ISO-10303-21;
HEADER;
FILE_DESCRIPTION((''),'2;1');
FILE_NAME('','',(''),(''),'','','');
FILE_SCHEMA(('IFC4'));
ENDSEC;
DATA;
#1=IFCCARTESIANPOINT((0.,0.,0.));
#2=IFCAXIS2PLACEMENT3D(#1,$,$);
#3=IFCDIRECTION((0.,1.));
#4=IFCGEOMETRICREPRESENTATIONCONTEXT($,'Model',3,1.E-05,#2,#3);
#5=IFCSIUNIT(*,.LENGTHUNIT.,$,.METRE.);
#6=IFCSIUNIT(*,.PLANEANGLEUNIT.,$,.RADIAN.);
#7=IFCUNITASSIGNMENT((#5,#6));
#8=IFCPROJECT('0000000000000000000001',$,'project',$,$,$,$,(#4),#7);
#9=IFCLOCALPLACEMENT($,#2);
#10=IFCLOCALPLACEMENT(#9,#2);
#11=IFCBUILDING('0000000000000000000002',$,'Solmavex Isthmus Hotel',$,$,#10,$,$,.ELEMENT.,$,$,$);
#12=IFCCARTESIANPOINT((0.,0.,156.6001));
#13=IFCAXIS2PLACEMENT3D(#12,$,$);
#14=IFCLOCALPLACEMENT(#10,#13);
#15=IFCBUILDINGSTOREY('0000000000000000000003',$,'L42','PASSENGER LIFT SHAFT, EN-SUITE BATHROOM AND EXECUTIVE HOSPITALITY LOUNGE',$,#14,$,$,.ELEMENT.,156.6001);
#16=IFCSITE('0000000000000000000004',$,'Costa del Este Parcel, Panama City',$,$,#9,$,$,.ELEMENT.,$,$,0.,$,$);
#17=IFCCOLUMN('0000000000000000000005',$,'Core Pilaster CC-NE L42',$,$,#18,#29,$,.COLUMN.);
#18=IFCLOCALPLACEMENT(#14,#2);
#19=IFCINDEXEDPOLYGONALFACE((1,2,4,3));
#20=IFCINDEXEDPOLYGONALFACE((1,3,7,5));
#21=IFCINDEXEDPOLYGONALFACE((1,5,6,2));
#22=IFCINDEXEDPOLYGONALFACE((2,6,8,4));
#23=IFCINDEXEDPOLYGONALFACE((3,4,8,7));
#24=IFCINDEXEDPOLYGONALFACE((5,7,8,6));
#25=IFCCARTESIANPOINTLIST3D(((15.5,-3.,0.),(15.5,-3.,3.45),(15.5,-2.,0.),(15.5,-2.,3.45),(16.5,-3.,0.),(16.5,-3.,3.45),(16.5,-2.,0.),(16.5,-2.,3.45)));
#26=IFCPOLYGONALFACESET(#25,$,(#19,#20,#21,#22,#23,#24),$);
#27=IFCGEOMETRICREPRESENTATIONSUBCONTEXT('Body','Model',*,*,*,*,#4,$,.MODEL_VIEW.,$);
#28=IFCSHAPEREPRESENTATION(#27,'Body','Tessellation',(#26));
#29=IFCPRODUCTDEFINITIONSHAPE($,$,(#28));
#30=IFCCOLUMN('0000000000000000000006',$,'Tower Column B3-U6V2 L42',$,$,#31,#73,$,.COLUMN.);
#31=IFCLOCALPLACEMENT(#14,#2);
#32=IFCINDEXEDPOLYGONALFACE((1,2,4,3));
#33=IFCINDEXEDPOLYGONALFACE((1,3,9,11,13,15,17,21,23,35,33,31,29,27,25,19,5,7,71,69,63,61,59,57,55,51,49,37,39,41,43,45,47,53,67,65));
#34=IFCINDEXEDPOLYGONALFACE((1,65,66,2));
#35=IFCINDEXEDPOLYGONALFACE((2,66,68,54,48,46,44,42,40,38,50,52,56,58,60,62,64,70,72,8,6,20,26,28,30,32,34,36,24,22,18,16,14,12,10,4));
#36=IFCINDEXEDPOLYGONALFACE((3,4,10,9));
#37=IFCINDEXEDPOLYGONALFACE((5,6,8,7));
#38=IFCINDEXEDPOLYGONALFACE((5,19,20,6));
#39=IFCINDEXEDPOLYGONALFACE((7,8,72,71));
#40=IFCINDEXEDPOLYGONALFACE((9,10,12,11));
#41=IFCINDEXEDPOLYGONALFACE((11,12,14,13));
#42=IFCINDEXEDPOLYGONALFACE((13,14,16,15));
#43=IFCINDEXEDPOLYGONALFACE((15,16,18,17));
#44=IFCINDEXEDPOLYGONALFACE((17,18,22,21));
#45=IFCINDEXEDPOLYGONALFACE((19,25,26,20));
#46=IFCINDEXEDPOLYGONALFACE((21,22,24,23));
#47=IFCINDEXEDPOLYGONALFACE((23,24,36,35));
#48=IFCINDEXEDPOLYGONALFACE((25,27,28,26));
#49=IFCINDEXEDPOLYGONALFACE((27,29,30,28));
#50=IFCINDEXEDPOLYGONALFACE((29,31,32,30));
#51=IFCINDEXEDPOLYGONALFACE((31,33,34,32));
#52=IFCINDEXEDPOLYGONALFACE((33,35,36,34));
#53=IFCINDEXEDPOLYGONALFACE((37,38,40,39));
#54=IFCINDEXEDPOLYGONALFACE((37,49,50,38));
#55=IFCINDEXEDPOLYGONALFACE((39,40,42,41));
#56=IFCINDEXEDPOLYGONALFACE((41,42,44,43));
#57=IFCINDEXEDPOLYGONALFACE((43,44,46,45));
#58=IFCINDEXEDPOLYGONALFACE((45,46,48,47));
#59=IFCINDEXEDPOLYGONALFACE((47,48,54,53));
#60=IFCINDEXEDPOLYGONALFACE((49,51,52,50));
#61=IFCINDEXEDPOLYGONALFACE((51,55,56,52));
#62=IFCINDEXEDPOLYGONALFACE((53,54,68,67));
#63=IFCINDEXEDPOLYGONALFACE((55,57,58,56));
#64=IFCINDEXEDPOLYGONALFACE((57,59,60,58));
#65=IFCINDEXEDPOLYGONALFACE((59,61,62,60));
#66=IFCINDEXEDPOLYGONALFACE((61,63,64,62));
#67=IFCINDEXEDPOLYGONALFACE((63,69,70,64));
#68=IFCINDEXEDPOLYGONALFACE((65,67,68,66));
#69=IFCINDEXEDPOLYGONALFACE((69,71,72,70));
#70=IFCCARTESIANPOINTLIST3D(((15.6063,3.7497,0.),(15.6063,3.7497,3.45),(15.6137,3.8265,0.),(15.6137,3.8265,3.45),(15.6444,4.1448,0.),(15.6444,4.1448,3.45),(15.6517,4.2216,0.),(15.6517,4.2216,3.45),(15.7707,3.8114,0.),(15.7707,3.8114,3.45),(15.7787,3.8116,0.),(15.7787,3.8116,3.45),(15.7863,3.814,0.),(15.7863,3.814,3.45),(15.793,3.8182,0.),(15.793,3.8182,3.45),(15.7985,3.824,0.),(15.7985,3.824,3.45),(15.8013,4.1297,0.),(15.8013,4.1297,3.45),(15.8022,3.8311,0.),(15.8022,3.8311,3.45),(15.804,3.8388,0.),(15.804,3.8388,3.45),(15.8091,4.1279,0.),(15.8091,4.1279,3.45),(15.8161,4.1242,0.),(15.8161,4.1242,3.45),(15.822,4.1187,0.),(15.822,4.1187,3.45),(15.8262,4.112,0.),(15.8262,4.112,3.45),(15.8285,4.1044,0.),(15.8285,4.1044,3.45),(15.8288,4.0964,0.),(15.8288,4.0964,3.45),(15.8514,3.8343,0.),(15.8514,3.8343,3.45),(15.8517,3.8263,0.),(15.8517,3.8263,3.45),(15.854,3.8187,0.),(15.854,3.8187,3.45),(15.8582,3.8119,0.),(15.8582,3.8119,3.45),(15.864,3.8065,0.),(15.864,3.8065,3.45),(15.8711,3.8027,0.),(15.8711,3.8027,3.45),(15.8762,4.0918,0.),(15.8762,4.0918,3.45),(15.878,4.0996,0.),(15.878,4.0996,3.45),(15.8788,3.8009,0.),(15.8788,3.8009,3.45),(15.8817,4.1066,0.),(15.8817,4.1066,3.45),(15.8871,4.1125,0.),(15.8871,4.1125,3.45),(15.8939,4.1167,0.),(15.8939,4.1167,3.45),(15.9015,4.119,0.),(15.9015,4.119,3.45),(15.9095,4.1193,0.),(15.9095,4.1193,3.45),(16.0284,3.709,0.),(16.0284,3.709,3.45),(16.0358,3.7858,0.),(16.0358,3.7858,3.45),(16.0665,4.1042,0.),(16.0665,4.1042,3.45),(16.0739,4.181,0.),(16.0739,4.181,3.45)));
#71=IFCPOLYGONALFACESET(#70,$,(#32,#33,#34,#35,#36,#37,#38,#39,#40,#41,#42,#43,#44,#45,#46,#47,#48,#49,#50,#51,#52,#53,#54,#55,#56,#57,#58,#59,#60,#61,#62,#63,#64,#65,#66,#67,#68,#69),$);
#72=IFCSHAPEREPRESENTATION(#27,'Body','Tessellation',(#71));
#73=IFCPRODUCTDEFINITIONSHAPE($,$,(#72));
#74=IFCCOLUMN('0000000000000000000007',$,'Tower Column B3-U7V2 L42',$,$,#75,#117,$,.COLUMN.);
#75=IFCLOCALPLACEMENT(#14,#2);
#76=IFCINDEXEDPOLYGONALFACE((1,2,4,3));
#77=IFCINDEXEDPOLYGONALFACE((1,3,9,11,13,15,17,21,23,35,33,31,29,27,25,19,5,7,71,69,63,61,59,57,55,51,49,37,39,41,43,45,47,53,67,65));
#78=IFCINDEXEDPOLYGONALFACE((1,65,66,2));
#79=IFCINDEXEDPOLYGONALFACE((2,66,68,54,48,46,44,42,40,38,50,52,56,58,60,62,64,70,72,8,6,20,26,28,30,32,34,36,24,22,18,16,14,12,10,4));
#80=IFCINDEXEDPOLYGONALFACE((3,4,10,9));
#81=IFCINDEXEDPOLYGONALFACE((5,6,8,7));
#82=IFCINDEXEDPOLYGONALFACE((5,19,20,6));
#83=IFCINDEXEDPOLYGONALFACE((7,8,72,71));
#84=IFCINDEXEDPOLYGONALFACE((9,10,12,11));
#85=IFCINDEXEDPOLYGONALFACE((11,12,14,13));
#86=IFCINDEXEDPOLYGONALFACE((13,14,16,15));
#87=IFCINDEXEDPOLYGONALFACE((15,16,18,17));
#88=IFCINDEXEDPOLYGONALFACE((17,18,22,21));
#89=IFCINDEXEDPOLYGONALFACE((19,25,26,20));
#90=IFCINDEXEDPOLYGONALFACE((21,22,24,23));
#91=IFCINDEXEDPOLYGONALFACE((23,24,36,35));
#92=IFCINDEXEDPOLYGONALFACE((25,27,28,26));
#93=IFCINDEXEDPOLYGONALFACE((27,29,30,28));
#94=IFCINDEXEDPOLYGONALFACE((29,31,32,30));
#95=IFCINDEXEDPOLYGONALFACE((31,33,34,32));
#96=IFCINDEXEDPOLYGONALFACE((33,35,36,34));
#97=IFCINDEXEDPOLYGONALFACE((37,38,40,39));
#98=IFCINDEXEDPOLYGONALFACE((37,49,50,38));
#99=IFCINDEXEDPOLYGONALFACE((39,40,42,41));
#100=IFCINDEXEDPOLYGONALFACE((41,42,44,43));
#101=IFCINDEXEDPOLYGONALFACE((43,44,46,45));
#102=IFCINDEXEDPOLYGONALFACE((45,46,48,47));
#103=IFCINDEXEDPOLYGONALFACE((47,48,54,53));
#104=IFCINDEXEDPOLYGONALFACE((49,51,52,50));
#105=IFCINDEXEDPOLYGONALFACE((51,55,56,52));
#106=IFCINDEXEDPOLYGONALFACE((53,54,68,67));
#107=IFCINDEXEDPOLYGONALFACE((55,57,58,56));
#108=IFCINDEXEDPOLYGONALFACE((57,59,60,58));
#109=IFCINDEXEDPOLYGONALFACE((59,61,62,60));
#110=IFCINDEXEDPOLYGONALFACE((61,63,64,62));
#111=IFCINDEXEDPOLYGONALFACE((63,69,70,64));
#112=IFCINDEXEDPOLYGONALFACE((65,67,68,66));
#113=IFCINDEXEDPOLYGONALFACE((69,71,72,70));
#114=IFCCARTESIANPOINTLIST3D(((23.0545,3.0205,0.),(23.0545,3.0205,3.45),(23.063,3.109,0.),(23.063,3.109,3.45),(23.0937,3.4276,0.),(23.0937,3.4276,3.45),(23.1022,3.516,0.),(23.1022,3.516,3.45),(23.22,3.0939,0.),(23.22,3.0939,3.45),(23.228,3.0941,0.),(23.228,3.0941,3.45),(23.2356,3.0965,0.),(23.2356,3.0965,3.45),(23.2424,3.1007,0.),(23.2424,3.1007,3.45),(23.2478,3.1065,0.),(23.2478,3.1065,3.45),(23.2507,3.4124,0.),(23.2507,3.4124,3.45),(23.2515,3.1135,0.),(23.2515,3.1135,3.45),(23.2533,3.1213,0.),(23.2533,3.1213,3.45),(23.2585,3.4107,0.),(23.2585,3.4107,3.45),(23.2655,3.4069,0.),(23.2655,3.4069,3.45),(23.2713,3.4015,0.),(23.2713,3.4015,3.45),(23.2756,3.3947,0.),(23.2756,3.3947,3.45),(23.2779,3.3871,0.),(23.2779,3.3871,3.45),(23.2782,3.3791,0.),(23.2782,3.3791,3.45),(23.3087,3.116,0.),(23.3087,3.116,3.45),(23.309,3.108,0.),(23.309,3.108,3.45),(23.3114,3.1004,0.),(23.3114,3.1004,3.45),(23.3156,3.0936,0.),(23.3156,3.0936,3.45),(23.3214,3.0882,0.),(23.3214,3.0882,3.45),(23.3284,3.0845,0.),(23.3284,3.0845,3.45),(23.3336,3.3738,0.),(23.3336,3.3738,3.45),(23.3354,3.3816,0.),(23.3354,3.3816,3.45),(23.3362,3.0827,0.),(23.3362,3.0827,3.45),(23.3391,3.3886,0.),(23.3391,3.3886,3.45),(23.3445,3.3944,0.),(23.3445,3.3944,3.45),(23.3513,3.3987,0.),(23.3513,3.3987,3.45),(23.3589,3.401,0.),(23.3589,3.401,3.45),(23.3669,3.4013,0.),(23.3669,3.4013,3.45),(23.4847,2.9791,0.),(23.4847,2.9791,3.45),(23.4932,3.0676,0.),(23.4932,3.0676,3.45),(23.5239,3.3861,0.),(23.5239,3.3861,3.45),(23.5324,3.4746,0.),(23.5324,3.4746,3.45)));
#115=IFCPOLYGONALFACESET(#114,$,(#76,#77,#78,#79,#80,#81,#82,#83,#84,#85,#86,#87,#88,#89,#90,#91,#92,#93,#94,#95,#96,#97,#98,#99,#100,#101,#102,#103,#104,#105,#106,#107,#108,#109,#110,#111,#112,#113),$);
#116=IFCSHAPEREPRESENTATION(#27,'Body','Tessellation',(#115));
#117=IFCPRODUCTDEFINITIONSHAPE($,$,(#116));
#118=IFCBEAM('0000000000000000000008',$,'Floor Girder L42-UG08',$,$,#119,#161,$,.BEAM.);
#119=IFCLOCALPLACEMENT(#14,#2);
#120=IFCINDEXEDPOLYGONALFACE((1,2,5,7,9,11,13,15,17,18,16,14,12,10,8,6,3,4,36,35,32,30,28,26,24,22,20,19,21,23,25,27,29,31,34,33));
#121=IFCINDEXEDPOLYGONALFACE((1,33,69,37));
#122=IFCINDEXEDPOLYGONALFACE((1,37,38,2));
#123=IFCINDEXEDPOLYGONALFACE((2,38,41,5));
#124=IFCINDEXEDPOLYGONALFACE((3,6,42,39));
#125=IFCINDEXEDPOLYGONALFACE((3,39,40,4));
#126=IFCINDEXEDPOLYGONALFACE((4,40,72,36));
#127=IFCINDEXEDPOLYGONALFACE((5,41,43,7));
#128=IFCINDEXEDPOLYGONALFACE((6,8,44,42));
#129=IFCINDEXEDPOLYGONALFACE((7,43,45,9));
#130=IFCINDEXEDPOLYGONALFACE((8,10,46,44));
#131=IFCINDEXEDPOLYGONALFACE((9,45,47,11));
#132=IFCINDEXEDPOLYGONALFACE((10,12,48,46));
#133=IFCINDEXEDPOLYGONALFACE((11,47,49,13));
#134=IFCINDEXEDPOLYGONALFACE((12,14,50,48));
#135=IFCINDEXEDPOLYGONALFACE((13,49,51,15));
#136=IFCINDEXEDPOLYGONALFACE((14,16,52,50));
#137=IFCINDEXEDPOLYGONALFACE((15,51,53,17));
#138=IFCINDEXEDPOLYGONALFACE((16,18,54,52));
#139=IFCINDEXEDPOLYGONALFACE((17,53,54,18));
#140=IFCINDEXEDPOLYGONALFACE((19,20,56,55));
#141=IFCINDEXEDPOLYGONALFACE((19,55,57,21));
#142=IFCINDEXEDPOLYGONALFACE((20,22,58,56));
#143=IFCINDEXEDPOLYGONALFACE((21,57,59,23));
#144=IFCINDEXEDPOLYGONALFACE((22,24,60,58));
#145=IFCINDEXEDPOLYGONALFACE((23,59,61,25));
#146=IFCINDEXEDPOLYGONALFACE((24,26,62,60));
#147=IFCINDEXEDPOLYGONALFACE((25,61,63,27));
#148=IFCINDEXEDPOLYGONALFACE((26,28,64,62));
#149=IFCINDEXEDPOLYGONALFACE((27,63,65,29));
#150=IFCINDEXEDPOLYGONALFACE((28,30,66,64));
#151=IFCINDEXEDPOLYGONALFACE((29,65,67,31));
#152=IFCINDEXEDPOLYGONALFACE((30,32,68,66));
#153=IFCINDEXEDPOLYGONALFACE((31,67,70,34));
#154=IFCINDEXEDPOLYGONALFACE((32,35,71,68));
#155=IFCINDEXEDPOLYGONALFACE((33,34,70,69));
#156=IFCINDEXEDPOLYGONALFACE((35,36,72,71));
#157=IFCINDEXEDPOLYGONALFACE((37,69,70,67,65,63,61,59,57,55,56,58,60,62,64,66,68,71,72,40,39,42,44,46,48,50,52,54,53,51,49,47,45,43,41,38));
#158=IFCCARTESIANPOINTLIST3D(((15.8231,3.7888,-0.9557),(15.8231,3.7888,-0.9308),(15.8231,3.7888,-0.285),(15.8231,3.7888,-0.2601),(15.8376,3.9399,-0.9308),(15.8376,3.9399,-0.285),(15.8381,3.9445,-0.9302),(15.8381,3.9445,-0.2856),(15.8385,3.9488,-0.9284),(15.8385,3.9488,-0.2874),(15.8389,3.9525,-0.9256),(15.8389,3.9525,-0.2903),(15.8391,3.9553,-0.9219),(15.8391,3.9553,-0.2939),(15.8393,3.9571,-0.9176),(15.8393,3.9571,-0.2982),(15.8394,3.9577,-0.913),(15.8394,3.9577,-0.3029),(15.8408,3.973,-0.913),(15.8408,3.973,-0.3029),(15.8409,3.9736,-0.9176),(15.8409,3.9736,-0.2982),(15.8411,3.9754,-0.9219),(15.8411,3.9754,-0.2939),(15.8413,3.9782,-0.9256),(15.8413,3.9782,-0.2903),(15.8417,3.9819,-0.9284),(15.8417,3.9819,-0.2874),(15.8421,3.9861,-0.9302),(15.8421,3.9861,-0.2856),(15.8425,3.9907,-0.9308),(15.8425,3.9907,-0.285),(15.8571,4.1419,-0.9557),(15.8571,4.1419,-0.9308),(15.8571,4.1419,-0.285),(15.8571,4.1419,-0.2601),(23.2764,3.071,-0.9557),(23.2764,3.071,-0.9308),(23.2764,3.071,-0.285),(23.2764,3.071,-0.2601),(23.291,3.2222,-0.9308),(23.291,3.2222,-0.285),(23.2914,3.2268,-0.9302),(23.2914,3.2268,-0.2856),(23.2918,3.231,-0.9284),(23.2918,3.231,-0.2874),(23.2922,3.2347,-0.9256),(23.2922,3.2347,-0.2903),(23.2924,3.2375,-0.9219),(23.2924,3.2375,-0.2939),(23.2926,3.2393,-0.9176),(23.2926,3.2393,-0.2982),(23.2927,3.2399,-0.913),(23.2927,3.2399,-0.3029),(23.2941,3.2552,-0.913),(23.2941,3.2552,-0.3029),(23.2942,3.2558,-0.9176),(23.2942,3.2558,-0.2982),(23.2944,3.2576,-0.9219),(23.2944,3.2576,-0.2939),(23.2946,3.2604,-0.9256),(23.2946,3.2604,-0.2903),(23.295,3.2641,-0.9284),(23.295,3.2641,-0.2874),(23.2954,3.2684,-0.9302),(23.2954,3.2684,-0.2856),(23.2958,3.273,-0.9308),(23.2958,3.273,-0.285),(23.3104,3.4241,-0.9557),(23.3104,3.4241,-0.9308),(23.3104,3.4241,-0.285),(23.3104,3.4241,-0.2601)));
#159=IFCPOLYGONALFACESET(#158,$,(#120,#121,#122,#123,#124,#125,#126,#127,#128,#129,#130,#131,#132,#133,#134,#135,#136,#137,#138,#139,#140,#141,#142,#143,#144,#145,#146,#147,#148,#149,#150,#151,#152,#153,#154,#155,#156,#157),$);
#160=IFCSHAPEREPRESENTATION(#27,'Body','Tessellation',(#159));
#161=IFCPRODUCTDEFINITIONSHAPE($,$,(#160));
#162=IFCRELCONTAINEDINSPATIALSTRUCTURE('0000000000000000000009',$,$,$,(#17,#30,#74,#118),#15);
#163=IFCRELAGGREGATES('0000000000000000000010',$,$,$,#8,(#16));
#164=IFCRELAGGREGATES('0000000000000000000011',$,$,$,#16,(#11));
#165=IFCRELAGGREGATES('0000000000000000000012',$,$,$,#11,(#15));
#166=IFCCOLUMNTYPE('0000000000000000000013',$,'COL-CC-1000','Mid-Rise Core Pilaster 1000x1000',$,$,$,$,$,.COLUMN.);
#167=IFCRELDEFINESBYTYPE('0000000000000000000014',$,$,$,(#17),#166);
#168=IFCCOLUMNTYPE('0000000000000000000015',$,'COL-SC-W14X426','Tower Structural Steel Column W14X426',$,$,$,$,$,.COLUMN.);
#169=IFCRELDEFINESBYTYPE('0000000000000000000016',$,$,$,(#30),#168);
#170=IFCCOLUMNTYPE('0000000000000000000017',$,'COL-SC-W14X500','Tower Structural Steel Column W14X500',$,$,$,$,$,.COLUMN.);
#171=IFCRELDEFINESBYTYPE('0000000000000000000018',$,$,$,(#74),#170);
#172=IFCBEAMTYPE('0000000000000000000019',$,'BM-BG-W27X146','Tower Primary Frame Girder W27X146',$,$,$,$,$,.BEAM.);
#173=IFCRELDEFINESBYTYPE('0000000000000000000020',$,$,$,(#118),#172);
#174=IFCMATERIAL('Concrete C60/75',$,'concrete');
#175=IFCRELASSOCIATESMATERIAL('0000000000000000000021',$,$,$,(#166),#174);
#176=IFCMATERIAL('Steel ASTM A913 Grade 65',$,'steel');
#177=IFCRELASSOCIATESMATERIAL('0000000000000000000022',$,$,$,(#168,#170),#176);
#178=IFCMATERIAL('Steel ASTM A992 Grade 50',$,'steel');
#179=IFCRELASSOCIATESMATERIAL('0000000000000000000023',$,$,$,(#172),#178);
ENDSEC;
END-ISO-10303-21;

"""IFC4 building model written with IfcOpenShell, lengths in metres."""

from ifc_helpers import new_model, si_unit, direction, frame, origin, origin_2d, place, context, subcontext, project, spatial, rectangle, i_section, extrude, material, material_profile, profile_set, type_object, element, save


model = new_model("IFC4")

# Units and contexts
model_context = context("Model", 3, precision=1e-05, world=origin(), true_north=direction((0.0, 1.0)))
body_context = subcontext(model_context, "Body", "Model", "MODEL_VIEW")
ifc_project = project(units=[si_unit("LENGTHUNIT", "METRE"), si_unit("PLANEANGLEUNIT", "RADIAN")], contexts=[model_context])

# Site, building, storey
site_placement = place(None, origin())
site = spatial("IfcSite", under=ifc_project, at=site_placement, Name="Costa del Este Parcel, Panama City", CompositionType="ELEMENT", RefElevation=0.0)
building_placement = place(site_placement, origin())
building = spatial("IfcBuilding", under=site, at=building_placement, Name="Solmavex Isthmus Hotel", CompositionType="ELEMENT")
storey_placement = place(building_placement, frame((0.0, 0.0, 156.6001)))
storey = spatial("IfcBuildingStorey", under=building, at=storey_placement, Name="L42", Description="PASSENGER LIFT SHAFT, EN-SUITE BATHROOM AND EXECUTIVE HOSPITALITY LOUNGE", CompositionType="ELEMENT", Elevation=156.6001)

# Columns
ifc_material_1 = material(Name="Concrete C60/75", Category="concrete")
ifc_material_profile_1 = material_profile(ifc_material_1, rectangle(XDim=1.0, YDim=1.0, at=origin_2d()), Name="RC1000X1000")
ifc_profile_set_1 = profile_set([ifc_material_profile_1], Name="Concrete C60/75")
column_type_1 = type_object("IfcColumnType", Name="COL-CC-1000", Description="Mid-Rise Core Pilaster 1000x1000", PredefinedType="COLUMN", material=ifc_profile_set_1)
column_1_placement = place(storey_placement, frame((16.0, -2.5, 0.0), z_axis=(0.0, 0.0, 1.0), x_axis=(1.0, 0.0, 0.0)))
element("IfcColumn", 1, at=column_1_placement, inside=storey, type_object=column_type_1, Name="Core Pilaster CC-NE L42", PredefinedType="COLUMN", context=body_context, shape_type="SweptSolid", body=[
    extrude(rectangle(XDim=1.0, YDim=1.0, at=origin_2d()), origin(), (0.0, 0.0, 1.0), 3.45),
])
ifc_material_2 = material(Name="Steel ASTM A913 Grade 65", Category="steel")
ifc_material_profile_2 = material_profile(ifc_material_2, i_section(OverallWidth=0.4241, OverallDepth=0.4741, WebThickness=0.0476, FlangeThickness=0.0771, FilletRadius=0.0305, at=origin_2d()), Name="W14X426")
ifc_profile_set_2 = profile_set([ifc_material_profile_2], Name="Steel ASTM A913 Grade 65")
column_type_2 = type_object("IfcColumnType", Name="COL-SC-W14X426", Description="Tower Structural Steel Column W14X426", PredefinedType="COLUMN", material=ifc_profile_set_2)
column_2_placement = place(storey_placement, frame((15.8401, 3.9653, 0.0), z_axis=(0.0, 0.0, 1.0), x_axis=(0.995396, -0.095846, 0.0)))
element("IfcColumn", 2, at=column_2_placement, inside=storey, type_object=column_type_2, Name="Tower Column B3-U6V2 L42", PredefinedType="COLUMN", context=body_context, shape_type="SweptSolid", body=[
    extrude(i_section(OverallWidth=0.4241, OverallDepth=0.4741, WebThickness=0.0476, FlangeThickness=0.0771, FilletRadius=0.0305, at=origin_2d()), origin(), (0.0, 0.0, 1.0), 3.45),
])
ifc_material_profile_3 = material_profile(ifc_material_2, i_section(OverallWidth=0.4321, OverallDepth=0.4978, WebThickness=0.0557, FlangeThickness=0.0889, FilletRadius=0.0305, at=origin_2d()), Name="W14X500")
ifc_profile_set_3 = profile_set([ifc_material_profile_3], Name="Steel ASTM A913 Grade 65")
column_type_3 = type_object("IfcColumnType", Name="COL-SC-W14X500", Description="Tower Structural Steel Column W14X500", PredefinedType="COLUMN", material=ifc_profile_set_3)
column_3_placement = place(storey_placement, frame((23.2935, 3.2476, 0.0), z_axis=(0.0, 0.0, 1.0), x_axis=(0.995396, -0.095846, 0.0)))
element("IfcColumn", 3, at=column_3_placement, inside=storey, type_object=column_type_3, Name="Tower Column B3-U7V2 L42", PredefinedType="COLUMN", context=body_context, shape_type="SweptSolid", body=[
    extrude(i_section(OverallWidth=0.4321, OverallDepth=0.4978, WebThickness=0.0557, FlangeThickness=0.0889, FilletRadius=0.0305, at=origin_2d()), origin(), (0.0, 0.0, 1.0), 3.45),
])

# Beam
ifc_material_3 = material(Name="Steel ASTM A992 Grade 50", Category="steel")
ifc_material_profile_4 = material_profile(ifc_material_3, i_section(OverallWidth=0.3547, OverallDepth=0.6956, WebThickness=0.0154, FlangeThickness=0.0249, FilletRadius=0.0178, at=origin_2d()), Name="W27X146")
ifc_profile_set_4 = profile_set([ifc_material_profile_4], Name="Steel ASTM A992 Grade 50")
beam_type_1 = type_object("IfcBeamType", Name="BM-BG-W27X146", Description="Tower Primary Frame Girder W27X146", PredefinedType="BEAM", material=ifc_profile_set_4)
beam_1_placement = place(storey_placement, frame((15.8401, 3.9653, -0.6079), z_axis=(0.995395, -0.095858, 0.0), x_axis=(0.095858, 0.995395, 0.0)))
element("IfcBeam", 4, at=beam_1_placement, inside=storey, type_object=beam_type_1, Name="Floor Girder L42-UG08", PredefinedType="BEAM", context=body_context, shape_type="SweptSolid", body=[
    extrude(i_section(OverallWidth=0.3547, OverallDepth=0.6956, WebThickness=0.0154, FlangeThickness=0.0249, FilletRadius=0.0178, at=origin_2d()), origin(), (0.0, 0.0, 1.0), 7.4878),
])

save(model, "model.ifc")
